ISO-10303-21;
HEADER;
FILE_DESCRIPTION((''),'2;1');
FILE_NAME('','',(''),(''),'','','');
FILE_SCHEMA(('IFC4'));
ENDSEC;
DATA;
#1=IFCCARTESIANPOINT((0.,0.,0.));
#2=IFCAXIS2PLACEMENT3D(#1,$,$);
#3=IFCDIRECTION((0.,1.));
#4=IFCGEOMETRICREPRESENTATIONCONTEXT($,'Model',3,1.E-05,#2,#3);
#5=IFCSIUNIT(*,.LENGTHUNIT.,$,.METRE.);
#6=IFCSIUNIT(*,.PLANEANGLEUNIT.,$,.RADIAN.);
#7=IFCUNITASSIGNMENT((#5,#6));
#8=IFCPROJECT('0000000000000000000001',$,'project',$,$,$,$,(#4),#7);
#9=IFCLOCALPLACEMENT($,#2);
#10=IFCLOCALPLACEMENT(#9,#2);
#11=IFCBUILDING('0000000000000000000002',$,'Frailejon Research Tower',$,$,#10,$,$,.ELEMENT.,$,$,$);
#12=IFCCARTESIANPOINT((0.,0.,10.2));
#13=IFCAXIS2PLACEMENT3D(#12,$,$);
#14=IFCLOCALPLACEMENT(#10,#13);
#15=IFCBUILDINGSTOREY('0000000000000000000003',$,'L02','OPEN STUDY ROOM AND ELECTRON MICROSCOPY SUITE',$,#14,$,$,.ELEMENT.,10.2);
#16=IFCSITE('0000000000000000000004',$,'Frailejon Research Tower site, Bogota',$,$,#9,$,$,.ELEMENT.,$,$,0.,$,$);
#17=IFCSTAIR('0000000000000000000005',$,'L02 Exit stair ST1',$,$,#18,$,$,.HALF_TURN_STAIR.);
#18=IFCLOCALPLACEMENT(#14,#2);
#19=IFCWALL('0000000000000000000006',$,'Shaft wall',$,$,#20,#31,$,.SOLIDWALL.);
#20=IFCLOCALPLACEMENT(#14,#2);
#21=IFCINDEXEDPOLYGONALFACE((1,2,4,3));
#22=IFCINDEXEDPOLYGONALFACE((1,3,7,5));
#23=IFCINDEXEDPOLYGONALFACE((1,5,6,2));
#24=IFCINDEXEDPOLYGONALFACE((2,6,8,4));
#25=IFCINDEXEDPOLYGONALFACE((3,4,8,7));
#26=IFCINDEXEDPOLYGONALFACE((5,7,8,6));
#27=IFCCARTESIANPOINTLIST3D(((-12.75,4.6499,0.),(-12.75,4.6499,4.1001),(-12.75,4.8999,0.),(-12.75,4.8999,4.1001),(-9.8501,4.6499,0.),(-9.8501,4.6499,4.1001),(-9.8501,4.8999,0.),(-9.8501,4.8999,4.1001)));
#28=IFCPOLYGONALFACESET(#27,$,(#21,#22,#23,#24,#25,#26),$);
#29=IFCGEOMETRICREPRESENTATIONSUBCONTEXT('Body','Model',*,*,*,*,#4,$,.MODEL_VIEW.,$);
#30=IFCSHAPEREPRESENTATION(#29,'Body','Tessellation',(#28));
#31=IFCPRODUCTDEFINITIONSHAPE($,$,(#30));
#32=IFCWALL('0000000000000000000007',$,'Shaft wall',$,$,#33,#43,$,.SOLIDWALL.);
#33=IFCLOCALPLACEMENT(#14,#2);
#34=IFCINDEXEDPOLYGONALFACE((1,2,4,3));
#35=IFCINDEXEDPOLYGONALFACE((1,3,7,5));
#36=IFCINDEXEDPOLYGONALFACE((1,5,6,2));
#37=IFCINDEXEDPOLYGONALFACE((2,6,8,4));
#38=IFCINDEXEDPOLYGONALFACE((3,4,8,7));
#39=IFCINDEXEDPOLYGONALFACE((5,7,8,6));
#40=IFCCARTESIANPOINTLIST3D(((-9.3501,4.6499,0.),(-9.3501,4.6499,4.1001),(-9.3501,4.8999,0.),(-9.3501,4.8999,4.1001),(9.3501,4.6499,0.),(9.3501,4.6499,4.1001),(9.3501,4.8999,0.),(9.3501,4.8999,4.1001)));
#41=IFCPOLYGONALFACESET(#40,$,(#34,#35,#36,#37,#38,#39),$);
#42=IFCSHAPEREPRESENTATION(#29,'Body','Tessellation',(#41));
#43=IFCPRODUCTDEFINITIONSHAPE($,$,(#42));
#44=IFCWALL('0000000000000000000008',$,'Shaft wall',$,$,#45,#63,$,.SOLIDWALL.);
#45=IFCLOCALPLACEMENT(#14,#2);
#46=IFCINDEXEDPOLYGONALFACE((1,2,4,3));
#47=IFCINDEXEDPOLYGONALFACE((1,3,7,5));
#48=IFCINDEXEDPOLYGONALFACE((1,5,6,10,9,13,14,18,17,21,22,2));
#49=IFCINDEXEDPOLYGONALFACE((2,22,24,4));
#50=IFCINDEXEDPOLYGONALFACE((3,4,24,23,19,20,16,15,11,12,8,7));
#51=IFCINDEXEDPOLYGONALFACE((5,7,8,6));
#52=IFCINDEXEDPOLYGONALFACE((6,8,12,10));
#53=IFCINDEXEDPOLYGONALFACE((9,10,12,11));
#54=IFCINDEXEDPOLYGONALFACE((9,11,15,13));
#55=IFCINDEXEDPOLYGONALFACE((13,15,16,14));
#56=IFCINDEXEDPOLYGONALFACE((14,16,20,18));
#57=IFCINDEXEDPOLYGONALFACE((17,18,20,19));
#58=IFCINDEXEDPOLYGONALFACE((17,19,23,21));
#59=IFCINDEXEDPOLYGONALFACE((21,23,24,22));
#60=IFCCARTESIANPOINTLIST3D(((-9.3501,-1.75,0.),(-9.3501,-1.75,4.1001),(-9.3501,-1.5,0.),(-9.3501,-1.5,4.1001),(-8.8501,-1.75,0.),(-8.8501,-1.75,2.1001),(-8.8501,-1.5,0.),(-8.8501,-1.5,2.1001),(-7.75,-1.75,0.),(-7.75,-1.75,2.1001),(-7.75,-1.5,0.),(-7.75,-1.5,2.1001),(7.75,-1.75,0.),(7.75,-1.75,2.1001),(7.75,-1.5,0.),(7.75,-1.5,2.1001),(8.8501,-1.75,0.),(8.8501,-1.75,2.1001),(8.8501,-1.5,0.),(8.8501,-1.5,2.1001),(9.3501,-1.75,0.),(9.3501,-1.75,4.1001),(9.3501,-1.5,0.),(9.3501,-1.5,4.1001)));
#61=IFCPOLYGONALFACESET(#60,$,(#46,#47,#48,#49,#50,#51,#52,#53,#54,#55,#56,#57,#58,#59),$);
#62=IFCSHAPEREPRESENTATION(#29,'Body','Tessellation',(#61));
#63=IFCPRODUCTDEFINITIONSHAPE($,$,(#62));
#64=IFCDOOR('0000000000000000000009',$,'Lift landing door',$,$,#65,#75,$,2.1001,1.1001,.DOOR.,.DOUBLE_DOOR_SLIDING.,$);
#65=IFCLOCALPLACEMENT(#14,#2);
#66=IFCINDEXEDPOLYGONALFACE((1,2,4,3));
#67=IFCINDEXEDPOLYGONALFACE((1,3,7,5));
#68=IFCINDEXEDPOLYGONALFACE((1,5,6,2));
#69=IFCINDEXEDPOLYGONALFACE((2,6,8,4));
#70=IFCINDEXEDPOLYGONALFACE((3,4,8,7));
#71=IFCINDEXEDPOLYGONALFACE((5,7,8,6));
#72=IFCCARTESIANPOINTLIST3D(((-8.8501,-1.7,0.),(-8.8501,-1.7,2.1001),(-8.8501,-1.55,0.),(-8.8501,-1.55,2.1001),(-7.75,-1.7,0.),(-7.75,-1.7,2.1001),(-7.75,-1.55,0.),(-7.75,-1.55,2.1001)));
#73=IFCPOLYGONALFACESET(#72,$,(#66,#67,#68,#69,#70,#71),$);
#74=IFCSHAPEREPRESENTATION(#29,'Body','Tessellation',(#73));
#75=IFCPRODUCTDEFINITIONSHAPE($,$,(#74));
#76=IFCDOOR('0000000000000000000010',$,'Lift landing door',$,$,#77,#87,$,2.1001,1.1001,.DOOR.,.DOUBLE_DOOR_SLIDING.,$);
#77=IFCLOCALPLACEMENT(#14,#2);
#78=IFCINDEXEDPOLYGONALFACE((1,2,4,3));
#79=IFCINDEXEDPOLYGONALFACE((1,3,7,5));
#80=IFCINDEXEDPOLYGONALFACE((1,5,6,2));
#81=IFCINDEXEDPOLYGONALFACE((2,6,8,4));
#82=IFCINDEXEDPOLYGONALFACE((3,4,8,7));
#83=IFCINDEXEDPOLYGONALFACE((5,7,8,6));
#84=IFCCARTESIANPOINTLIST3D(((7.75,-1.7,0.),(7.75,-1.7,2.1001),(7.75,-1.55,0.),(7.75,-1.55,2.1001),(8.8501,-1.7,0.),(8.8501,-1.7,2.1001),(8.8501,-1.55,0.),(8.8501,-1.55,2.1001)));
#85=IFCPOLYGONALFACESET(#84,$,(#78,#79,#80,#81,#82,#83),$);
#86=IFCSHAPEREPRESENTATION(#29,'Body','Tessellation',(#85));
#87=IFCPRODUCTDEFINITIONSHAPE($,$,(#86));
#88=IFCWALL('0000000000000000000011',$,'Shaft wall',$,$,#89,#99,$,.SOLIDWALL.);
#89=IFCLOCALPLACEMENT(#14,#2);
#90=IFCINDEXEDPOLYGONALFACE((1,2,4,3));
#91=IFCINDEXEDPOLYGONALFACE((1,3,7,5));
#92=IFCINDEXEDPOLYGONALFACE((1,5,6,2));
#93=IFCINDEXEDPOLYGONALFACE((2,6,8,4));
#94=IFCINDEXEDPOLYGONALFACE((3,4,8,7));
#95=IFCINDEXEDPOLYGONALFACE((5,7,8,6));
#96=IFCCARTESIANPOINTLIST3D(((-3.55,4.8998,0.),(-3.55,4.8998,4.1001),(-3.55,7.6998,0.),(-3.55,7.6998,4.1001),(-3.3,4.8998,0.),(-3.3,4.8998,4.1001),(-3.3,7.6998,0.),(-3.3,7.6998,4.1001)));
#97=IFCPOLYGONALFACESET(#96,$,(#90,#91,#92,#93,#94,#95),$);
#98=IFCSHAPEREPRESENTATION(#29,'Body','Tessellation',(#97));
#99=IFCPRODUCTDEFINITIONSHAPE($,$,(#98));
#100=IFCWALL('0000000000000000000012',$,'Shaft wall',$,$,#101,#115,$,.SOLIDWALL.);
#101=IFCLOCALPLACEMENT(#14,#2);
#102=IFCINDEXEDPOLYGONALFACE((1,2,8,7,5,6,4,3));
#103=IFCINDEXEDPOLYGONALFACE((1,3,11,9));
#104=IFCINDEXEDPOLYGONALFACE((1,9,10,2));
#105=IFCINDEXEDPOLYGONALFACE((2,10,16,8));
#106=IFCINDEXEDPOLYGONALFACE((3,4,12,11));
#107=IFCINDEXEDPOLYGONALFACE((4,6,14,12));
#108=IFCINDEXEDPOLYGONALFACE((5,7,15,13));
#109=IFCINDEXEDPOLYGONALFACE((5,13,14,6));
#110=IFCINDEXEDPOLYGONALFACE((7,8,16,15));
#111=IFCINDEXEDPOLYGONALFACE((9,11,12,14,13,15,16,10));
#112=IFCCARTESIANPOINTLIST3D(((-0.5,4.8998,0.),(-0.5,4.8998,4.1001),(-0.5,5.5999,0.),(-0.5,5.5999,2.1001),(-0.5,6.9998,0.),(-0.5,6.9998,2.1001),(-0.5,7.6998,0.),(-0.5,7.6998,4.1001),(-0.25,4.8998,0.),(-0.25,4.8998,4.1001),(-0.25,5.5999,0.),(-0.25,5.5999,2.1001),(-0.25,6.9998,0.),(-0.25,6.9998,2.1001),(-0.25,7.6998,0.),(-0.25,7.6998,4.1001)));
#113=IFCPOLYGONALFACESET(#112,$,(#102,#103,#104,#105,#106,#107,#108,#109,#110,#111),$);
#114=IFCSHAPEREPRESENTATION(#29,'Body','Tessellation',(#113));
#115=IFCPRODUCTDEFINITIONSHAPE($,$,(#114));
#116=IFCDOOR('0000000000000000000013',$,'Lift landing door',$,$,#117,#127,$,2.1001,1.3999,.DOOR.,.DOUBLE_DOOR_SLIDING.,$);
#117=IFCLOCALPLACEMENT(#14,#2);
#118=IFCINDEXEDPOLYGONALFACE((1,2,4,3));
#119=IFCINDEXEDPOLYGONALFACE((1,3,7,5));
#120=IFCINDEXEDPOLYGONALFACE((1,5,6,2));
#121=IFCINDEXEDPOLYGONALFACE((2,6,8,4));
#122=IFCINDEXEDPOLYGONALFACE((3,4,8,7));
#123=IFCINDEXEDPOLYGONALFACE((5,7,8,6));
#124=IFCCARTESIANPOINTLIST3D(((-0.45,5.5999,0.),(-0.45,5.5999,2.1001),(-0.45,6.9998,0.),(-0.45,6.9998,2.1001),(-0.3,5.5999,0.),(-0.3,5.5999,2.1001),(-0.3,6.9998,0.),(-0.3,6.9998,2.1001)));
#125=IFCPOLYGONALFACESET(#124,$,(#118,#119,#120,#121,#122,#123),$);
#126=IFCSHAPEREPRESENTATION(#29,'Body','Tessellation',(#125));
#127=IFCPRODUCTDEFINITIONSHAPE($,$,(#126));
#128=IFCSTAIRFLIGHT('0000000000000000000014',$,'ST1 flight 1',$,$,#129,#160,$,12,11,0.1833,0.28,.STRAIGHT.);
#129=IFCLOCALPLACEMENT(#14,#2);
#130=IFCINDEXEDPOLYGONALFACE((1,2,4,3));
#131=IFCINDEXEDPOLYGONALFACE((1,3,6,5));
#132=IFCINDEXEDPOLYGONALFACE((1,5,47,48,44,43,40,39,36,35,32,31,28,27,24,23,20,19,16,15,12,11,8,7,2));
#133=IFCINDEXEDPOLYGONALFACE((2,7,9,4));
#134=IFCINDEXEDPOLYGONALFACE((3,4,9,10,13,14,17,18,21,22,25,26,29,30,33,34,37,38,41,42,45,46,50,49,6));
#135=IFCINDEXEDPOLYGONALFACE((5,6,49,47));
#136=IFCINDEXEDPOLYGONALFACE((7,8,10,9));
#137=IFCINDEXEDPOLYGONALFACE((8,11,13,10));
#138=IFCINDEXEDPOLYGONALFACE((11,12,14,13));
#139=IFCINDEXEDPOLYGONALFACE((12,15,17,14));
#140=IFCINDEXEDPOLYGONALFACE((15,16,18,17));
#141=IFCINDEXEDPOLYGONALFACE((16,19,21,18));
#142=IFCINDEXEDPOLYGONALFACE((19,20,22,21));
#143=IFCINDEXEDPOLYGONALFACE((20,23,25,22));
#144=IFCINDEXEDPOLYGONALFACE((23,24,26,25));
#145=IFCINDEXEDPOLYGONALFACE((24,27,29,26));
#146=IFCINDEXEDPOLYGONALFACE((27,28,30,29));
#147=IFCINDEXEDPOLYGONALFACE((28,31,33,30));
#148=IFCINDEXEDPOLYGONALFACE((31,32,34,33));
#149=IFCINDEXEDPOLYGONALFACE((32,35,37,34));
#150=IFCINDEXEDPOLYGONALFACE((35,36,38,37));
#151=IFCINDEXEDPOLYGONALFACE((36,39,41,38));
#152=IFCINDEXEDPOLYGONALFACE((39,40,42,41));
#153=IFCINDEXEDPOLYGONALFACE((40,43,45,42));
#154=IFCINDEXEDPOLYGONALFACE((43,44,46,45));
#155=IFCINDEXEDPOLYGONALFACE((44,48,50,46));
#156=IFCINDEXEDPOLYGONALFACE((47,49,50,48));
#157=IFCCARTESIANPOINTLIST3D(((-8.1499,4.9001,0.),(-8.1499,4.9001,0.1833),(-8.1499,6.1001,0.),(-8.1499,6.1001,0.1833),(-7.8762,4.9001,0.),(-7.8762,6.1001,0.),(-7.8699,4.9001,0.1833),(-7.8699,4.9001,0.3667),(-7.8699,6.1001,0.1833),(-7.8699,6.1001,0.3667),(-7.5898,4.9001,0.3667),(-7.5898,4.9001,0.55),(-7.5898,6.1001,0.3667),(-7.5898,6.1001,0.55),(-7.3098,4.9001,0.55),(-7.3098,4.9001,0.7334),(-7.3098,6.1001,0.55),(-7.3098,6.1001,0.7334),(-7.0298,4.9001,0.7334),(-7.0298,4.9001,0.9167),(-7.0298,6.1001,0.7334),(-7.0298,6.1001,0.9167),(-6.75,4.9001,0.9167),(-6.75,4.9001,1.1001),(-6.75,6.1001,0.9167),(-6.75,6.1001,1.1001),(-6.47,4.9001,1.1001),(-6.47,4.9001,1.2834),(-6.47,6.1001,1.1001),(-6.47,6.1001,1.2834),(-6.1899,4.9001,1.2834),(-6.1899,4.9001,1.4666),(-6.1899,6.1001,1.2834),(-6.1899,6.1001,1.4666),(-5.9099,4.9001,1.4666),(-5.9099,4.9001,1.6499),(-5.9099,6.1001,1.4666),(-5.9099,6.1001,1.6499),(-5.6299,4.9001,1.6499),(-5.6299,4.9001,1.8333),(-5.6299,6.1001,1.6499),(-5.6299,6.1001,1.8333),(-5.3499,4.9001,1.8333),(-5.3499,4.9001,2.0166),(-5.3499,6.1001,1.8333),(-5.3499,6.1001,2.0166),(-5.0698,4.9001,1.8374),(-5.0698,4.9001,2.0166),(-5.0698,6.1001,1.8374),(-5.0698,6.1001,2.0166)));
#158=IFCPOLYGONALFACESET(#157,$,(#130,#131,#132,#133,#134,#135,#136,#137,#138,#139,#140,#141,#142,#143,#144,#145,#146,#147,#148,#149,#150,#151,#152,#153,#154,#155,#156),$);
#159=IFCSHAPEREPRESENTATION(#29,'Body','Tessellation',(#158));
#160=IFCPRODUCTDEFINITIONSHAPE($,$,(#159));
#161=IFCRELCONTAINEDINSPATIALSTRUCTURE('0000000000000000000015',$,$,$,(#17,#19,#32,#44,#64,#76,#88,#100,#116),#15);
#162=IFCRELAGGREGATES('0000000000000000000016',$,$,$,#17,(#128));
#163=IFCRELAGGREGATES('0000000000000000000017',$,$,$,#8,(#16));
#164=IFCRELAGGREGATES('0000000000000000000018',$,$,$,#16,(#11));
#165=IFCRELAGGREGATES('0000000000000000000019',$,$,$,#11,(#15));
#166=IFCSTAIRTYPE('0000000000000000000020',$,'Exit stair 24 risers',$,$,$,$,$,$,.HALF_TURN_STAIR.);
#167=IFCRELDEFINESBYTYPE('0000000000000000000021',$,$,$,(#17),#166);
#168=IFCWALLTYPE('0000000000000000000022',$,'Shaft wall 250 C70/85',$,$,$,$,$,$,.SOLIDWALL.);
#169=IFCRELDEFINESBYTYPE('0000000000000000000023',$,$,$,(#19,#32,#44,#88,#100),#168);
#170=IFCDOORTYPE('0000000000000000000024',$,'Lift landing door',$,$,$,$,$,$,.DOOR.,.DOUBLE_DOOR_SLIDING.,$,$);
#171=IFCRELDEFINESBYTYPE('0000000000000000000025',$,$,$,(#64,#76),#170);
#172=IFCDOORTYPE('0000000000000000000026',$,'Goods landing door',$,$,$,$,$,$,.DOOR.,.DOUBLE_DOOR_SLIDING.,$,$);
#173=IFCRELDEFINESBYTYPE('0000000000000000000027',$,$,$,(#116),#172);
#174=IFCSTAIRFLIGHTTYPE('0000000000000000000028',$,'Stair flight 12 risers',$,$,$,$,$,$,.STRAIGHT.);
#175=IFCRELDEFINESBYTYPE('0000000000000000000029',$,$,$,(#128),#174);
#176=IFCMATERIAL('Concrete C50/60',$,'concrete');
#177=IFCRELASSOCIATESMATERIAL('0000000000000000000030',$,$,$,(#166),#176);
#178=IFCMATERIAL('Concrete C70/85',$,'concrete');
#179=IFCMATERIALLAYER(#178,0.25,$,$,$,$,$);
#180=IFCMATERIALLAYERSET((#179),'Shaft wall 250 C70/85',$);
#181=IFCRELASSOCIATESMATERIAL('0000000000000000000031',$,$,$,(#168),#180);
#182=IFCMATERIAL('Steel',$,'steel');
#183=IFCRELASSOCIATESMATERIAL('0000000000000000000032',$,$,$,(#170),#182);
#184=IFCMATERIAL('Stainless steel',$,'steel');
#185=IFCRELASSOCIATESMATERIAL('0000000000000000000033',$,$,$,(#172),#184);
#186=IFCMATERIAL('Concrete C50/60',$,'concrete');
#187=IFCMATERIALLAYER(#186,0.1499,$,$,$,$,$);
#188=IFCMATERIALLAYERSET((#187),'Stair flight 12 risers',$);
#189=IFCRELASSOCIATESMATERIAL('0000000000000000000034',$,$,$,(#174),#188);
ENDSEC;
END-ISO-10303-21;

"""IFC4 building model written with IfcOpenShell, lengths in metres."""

from ifc_helpers import new_model, si_unit, direction, frame, frame_2d, origin, place, context, subcontext, project, spatial, polyline, rectangle, outline, extrude, material, layer, layer_set, type_object, element, fill, aggregate, save


model = new_model("IFC4")

# Units and contexts
model_context = context("Model", 3, precision=1e-05, world=origin(), true_north=direction((0.0, 1.0)))
body_context = subcontext(model_context, "Body", "Model", "MODEL_VIEW")
ifc_project = project(units=[si_unit("LENGTHUNIT", "METRE"), si_unit("PLANEANGLEUNIT", "RADIAN")], contexts=[model_context])

# Site, building, storey
site_placement = place(None, origin())
site = spatial("IfcSite", under=ifc_project, at=site_placement, Name="Frailejon Research Tower site, Bogota", CompositionType="ELEMENT", RefElevation=0.0)
building_placement = place(site_placement, origin())
building = spatial("IfcBuilding", under=site, at=building_placement, Name="Frailejon Research Tower", CompositionType="ELEMENT")
storey_placement = place(building_placement, frame((0.0, 0.0, 10.2)))
storey = spatial("IfcBuildingStorey", under=building, at=storey_placement, Name="L02", Description="OPEN STUDY ROOM AND ELECTRON MICROSCOPY SUITE", CompositionType="ELEMENT", Elevation=10.2)

# Stair
ifc_material_1 = material(Name="Concrete C50/60", Category="concrete")
stair_type_1 = type_object("IfcStairType", Name="Exit stair 24 risers", PredefinedType="HALF_TURN_STAIR", material=ifc_material_1)
stair_1_placement = place(storey_placement, origin())
stair_1 = element("IfcStair", 1, at=stair_1_placement, inside=storey, type_object=stair_type_1, Name="L02 Exit stair ST1", PredefinedType="HALF_TURN_STAIR")

# Shared definitions
ifc_material_2 = material(Name="Concrete C70/85", Category="concrete")
ifc_layer_1 = layer(ifc_material_2, 0.25)
ifc_layer_set_1 = layer_set([ifc_layer_1], Name="Shaft wall 250 C70/85")
wall_type_1 = type_object("IfcWallType", Name="Shaft wall 250 C70/85", PredefinedType="SOLIDWALL", material=ifc_layer_set_1)
ifc_material_3 = material(Name="Steel", Category="steel")
door_type_1 = type_object("IfcDoorType", Name="Lift landing door", OperationType="DOUBLE_DOOR_SLIDING", PredefinedType="DOOR", material=ifc_material_3)

# Walls
wall_1_placement = place(storey_placement, frame((-12.75, 4.7749, 0.0), z_axis=(0.0, 0.0, 1.0), x_axis=(1.0, 0.0, 0.0)))
element("IfcWall", 2, at=wall_1_placement, inside=storey, type_object=wall_type_1, Name="Shaft wall", PredefinedType="SOLIDWALL", context=body_context, shape_type="SweptSolid", body=[
    extrude(rectangle(XDim=2.8999, YDim=0.25, at=frame_2d((1.45, 0.0))), origin(), (0.0, 0.0, 1.0), 4.1001),
])
wall_2_placement = place(storey_placement, frame((-9.3501, 4.7749, 0.0), z_axis=(0.0, 0.0, 1.0), x_axis=(1.0, 0.0, 0.0)))
element("IfcWall", 3, at=wall_2_placement, inside=storey, type_object=wall_type_1, Name="Shaft wall", PredefinedType="SOLIDWALL", context=body_context, shape_type="SweptSolid", body=[
    extrude(rectangle(XDim=18.7002, YDim=0.25, at=frame_2d((9.3501, 0.0))), origin(), (0.0, 0.0, 1.0), 4.1001),
])

# Wall, openings, doors
wall_3_placement = place(storey_placement, frame((-9.3501, -1.625, 0.0), z_axis=(0.0, 0.0, 1.0), x_axis=(1.0, 0.0, 0.0)))
wall_3 = element("IfcWall", 4, at=wall_3_placement, inside=storey, type_object=wall_type_1, Name="Shaft wall", PredefinedType="SOLIDWALL", context=body_context, shape_type="SweptSolid", body=[
    extrude(rectangle(XDim=18.7002, YDim=0.25, at=frame_2d((9.3501, 0.0))), origin(), (0.0, 0.0, 1.0), 4.1001),
])
opening_1_placement = place(wall_3_placement, frame((0.5, 0.0, 0.0)))
opening_1 = element("IfcOpeningElement", 5, at=opening_1_placement, cuts=wall_3, PredefinedType="OPENING", context=body_context, shape_type="SweptSolid", body=[
    extrude(rectangle(XDim=1.1001, YDim=2.1001, at=frame_2d((0.55, 1.05))), frame((0.0, 0.135, 0.0), z_axis=(0.0, -1.0, 0.0), x_axis=(1.0, 0.0, 0.0)), (0.0, 0.0, 1.0), 0.27),
])
opening_2_placement = place(wall_3_placement, frame((17.1001, 0.0, 0.0)))
opening_2 = element("IfcOpeningElement", 6, at=opening_2_placement, cuts=wall_3, PredefinedType="OPENING", context=body_context, shape_type="SweptSolid", body=[
    extrude(rectangle(XDim=1.1001, YDim=2.1001, at=frame_2d((0.55, 1.05))), frame((0.0, 0.135, 0.0), z_axis=(0.0, -1.0, 0.0), x_axis=(1.0, 0.0, 0.0)), (0.0, 0.0, 1.0), 0.27),
])
door_1_placement = place(opening_1_placement, origin())
door_1 = element("IfcDoor", 7, at=door_1_placement, inside=storey, type_object=door_type_1, Name="Lift landing door", OperationType="DOUBLE_DOOR_SLIDING", OverallHeight=2.1001, OverallWidth=1.1001, PredefinedType="DOOR", context=body_context, shape_type="SweptSolid", body=[
    extrude(rectangle(XDim=1.1001, YDim=2.1001, at=frame_2d((0.55, 1.05))), frame((0.0, 0.075, 0.0), z_axis=(0.0, -1.0, 0.0), x_axis=(1.0, 0.0, 0.0)), (0.0, 0.0, 1.0), 0.1499),
])
fill(opening_1, door_1)
door_2_placement = place(opening_2_placement, origin())
door_2 = element("IfcDoor", 8, at=door_2_placement, inside=storey, type_object=door_type_1, Name="Lift landing door", OperationType="DOUBLE_DOOR_SLIDING", OverallHeight=2.1001, OverallWidth=1.1001, PredefinedType="DOOR", context=body_context, shape_type="SweptSolid", body=[
    extrude(rectangle(XDim=1.1001, YDim=2.1001, at=frame_2d((0.55, 1.05))), frame((0.0, 0.075, 0.0), z_axis=(0.0, -1.0, 0.0), x_axis=(1.0, 0.0, 0.0)), (0.0, 0.0, 1.0), 0.1499),
])
fill(opening_2, door_2)

# Wall
wall_4_placement = place(storey_placement, frame((-3.425, 4.8999, 0.0), z_axis=(0.0, 0.0, 1.0), x_axis=(0.0, 1.0, 0.0)))
element("IfcWall", 9, at=wall_4_placement, inside=storey, type_object=wall_type_1, Name="Shaft wall", PredefinedType="SOLIDWALL", context=body_context, shape_type="SweptSolid", body=[
    extrude(rectangle(XDim=2.8, YDim=0.25, at=frame_2d((1.3999, 0.0))), origin(), (0.0, 0.0, 1.0), 4.1001),
])

# Wall, opening, door
wall_5_placement = place(storey_placement, frame((-0.375, 4.8999, 0.0), z_axis=(0.0, 0.0, 1.0), x_axis=(0.0, 1.0, 0.0)))
wall_5 = element("IfcWall", 10, at=wall_5_placement, inside=storey, type_object=wall_type_1, Name="Shaft wall", PredefinedType="SOLIDWALL", context=body_context, shape_type="SweptSolid", body=[
    extrude(rectangle(XDim=2.8, YDim=0.25, at=frame_2d((1.3999, 0.0))), origin(), (0.0, 0.0, 1.0), 4.1001),
])
opening_3_placement = place(wall_5_placement, frame((0.7, 0.0, 0.0)))
opening_3 = element("IfcOpeningElement", 11, at=opening_3_placement, cuts=wall_5, PredefinedType="OPENING", context=body_context, shape_type="SweptSolid", body=[
    extrude(rectangle(XDim=1.3999, YDim=2.1001, at=frame_2d((0.7, 1.05))), frame((0.0, 0.135, 0.0), z_axis=(0.0, -1.0, 0.0), x_axis=(1.0, 0.0, 0.0)), (0.0, 0.0, 1.0), 0.27),
])
ifc_material_4 = material(Name="Stainless steel", Category="steel")
door_type_2 = type_object("IfcDoorType", Name="Goods landing door", OperationType="DOUBLE_DOOR_SLIDING", PredefinedType="DOOR", material=ifc_material_4)
door_3_placement = place(opening_3_placement, origin())
door_3 = element("IfcDoor", 12, at=door_3_placement, inside=storey, type_object=door_type_2, Name="Lift landing door", OperationType="DOUBLE_DOOR_SLIDING", OverallHeight=2.1001, OverallWidth=1.3999, PredefinedType="DOOR", context=body_context, shape_type="SweptSolid", body=[
    extrude(rectangle(XDim=1.3999, YDim=2.1001, at=frame_2d((0.7, 1.05))), frame((0.0, 0.075, 0.0), z_axis=(0.0, -1.0, 0.0), x_axis=(1.0, 0.0, 0.0)), (0.0, 0.0, 1.0), 0.1499),
])
fill(opening_3, door_3)

# Stair flight
ifc_material_5 = material(Name="Concrete C50/60", Category="concrete")
ifc_layer_2 = layer(ifc_material_5, 0.1499)
ifc_layer_set_2 = layer_set([ifc_layer_2], Name="Stair flight 12 risers")
stair_flight_type = type_object("IfcStairFlightType", Name="Stair flight 12 risers", PredefinedType="STRAIGHT", material=ifc_layer_set_2)
stair_flight_placement = place(storey_placement, frame((-8.1499, 5.5, 0.0), z_axis=(0.0, 0.0, 1.0), x_axis=(1.0, 0.0, 0.0)))
stair_flight = element("IfcStairFlight", 13, at=stair_flight_placement, type_object=stair_flight_type, Name="ST1 flight 1", NumberOfRisers=12, NumberOfTreads=11, PredefinedType="STRAIGHT", RiserHeight=0.1833, TreadLength=0.28, context=body_context, shape_type="SweptSolid", body=[
    extrude(outline(polyline([(0.0, 0.0), (0.0, 0.1833), (0.28, 0.1833), (0.28, 0.3667), (0.5601, 0.3667), (0.5601, 0.55), (0.8401, 0.55), (0.8401, 0.7334), (1.1201, 0.7334), (1.1201, 0.9167), (1.3999, 0.9167), (1.3999, 1.1001), (1.6799, 1.1001), (1.6799, 1.2834), (1.96, 1.2834), (1.96, 1.4666), (2.24, 1.4666), (2.24, 1.6499), (2.52, 1.6499), (2.52, 1.8333), (2.8, 1.8333), (2.8, 2.0166), (3.0801, 2.0166), (3.0801, 2.2), (3.0801, 1.8374), (0.2737, 0.0), (0.0, 0.0)])), frame((0.0, 0.6001, 0.0), z_axis=(0.0, -1.0, 0.0), x_axis=(1.0, 0.0, 0.0)), (0.0, 0.0, 1.0), 1.2),
])
aggregate(stair_1, [stair_flight])

save(model, "model.ifc")
